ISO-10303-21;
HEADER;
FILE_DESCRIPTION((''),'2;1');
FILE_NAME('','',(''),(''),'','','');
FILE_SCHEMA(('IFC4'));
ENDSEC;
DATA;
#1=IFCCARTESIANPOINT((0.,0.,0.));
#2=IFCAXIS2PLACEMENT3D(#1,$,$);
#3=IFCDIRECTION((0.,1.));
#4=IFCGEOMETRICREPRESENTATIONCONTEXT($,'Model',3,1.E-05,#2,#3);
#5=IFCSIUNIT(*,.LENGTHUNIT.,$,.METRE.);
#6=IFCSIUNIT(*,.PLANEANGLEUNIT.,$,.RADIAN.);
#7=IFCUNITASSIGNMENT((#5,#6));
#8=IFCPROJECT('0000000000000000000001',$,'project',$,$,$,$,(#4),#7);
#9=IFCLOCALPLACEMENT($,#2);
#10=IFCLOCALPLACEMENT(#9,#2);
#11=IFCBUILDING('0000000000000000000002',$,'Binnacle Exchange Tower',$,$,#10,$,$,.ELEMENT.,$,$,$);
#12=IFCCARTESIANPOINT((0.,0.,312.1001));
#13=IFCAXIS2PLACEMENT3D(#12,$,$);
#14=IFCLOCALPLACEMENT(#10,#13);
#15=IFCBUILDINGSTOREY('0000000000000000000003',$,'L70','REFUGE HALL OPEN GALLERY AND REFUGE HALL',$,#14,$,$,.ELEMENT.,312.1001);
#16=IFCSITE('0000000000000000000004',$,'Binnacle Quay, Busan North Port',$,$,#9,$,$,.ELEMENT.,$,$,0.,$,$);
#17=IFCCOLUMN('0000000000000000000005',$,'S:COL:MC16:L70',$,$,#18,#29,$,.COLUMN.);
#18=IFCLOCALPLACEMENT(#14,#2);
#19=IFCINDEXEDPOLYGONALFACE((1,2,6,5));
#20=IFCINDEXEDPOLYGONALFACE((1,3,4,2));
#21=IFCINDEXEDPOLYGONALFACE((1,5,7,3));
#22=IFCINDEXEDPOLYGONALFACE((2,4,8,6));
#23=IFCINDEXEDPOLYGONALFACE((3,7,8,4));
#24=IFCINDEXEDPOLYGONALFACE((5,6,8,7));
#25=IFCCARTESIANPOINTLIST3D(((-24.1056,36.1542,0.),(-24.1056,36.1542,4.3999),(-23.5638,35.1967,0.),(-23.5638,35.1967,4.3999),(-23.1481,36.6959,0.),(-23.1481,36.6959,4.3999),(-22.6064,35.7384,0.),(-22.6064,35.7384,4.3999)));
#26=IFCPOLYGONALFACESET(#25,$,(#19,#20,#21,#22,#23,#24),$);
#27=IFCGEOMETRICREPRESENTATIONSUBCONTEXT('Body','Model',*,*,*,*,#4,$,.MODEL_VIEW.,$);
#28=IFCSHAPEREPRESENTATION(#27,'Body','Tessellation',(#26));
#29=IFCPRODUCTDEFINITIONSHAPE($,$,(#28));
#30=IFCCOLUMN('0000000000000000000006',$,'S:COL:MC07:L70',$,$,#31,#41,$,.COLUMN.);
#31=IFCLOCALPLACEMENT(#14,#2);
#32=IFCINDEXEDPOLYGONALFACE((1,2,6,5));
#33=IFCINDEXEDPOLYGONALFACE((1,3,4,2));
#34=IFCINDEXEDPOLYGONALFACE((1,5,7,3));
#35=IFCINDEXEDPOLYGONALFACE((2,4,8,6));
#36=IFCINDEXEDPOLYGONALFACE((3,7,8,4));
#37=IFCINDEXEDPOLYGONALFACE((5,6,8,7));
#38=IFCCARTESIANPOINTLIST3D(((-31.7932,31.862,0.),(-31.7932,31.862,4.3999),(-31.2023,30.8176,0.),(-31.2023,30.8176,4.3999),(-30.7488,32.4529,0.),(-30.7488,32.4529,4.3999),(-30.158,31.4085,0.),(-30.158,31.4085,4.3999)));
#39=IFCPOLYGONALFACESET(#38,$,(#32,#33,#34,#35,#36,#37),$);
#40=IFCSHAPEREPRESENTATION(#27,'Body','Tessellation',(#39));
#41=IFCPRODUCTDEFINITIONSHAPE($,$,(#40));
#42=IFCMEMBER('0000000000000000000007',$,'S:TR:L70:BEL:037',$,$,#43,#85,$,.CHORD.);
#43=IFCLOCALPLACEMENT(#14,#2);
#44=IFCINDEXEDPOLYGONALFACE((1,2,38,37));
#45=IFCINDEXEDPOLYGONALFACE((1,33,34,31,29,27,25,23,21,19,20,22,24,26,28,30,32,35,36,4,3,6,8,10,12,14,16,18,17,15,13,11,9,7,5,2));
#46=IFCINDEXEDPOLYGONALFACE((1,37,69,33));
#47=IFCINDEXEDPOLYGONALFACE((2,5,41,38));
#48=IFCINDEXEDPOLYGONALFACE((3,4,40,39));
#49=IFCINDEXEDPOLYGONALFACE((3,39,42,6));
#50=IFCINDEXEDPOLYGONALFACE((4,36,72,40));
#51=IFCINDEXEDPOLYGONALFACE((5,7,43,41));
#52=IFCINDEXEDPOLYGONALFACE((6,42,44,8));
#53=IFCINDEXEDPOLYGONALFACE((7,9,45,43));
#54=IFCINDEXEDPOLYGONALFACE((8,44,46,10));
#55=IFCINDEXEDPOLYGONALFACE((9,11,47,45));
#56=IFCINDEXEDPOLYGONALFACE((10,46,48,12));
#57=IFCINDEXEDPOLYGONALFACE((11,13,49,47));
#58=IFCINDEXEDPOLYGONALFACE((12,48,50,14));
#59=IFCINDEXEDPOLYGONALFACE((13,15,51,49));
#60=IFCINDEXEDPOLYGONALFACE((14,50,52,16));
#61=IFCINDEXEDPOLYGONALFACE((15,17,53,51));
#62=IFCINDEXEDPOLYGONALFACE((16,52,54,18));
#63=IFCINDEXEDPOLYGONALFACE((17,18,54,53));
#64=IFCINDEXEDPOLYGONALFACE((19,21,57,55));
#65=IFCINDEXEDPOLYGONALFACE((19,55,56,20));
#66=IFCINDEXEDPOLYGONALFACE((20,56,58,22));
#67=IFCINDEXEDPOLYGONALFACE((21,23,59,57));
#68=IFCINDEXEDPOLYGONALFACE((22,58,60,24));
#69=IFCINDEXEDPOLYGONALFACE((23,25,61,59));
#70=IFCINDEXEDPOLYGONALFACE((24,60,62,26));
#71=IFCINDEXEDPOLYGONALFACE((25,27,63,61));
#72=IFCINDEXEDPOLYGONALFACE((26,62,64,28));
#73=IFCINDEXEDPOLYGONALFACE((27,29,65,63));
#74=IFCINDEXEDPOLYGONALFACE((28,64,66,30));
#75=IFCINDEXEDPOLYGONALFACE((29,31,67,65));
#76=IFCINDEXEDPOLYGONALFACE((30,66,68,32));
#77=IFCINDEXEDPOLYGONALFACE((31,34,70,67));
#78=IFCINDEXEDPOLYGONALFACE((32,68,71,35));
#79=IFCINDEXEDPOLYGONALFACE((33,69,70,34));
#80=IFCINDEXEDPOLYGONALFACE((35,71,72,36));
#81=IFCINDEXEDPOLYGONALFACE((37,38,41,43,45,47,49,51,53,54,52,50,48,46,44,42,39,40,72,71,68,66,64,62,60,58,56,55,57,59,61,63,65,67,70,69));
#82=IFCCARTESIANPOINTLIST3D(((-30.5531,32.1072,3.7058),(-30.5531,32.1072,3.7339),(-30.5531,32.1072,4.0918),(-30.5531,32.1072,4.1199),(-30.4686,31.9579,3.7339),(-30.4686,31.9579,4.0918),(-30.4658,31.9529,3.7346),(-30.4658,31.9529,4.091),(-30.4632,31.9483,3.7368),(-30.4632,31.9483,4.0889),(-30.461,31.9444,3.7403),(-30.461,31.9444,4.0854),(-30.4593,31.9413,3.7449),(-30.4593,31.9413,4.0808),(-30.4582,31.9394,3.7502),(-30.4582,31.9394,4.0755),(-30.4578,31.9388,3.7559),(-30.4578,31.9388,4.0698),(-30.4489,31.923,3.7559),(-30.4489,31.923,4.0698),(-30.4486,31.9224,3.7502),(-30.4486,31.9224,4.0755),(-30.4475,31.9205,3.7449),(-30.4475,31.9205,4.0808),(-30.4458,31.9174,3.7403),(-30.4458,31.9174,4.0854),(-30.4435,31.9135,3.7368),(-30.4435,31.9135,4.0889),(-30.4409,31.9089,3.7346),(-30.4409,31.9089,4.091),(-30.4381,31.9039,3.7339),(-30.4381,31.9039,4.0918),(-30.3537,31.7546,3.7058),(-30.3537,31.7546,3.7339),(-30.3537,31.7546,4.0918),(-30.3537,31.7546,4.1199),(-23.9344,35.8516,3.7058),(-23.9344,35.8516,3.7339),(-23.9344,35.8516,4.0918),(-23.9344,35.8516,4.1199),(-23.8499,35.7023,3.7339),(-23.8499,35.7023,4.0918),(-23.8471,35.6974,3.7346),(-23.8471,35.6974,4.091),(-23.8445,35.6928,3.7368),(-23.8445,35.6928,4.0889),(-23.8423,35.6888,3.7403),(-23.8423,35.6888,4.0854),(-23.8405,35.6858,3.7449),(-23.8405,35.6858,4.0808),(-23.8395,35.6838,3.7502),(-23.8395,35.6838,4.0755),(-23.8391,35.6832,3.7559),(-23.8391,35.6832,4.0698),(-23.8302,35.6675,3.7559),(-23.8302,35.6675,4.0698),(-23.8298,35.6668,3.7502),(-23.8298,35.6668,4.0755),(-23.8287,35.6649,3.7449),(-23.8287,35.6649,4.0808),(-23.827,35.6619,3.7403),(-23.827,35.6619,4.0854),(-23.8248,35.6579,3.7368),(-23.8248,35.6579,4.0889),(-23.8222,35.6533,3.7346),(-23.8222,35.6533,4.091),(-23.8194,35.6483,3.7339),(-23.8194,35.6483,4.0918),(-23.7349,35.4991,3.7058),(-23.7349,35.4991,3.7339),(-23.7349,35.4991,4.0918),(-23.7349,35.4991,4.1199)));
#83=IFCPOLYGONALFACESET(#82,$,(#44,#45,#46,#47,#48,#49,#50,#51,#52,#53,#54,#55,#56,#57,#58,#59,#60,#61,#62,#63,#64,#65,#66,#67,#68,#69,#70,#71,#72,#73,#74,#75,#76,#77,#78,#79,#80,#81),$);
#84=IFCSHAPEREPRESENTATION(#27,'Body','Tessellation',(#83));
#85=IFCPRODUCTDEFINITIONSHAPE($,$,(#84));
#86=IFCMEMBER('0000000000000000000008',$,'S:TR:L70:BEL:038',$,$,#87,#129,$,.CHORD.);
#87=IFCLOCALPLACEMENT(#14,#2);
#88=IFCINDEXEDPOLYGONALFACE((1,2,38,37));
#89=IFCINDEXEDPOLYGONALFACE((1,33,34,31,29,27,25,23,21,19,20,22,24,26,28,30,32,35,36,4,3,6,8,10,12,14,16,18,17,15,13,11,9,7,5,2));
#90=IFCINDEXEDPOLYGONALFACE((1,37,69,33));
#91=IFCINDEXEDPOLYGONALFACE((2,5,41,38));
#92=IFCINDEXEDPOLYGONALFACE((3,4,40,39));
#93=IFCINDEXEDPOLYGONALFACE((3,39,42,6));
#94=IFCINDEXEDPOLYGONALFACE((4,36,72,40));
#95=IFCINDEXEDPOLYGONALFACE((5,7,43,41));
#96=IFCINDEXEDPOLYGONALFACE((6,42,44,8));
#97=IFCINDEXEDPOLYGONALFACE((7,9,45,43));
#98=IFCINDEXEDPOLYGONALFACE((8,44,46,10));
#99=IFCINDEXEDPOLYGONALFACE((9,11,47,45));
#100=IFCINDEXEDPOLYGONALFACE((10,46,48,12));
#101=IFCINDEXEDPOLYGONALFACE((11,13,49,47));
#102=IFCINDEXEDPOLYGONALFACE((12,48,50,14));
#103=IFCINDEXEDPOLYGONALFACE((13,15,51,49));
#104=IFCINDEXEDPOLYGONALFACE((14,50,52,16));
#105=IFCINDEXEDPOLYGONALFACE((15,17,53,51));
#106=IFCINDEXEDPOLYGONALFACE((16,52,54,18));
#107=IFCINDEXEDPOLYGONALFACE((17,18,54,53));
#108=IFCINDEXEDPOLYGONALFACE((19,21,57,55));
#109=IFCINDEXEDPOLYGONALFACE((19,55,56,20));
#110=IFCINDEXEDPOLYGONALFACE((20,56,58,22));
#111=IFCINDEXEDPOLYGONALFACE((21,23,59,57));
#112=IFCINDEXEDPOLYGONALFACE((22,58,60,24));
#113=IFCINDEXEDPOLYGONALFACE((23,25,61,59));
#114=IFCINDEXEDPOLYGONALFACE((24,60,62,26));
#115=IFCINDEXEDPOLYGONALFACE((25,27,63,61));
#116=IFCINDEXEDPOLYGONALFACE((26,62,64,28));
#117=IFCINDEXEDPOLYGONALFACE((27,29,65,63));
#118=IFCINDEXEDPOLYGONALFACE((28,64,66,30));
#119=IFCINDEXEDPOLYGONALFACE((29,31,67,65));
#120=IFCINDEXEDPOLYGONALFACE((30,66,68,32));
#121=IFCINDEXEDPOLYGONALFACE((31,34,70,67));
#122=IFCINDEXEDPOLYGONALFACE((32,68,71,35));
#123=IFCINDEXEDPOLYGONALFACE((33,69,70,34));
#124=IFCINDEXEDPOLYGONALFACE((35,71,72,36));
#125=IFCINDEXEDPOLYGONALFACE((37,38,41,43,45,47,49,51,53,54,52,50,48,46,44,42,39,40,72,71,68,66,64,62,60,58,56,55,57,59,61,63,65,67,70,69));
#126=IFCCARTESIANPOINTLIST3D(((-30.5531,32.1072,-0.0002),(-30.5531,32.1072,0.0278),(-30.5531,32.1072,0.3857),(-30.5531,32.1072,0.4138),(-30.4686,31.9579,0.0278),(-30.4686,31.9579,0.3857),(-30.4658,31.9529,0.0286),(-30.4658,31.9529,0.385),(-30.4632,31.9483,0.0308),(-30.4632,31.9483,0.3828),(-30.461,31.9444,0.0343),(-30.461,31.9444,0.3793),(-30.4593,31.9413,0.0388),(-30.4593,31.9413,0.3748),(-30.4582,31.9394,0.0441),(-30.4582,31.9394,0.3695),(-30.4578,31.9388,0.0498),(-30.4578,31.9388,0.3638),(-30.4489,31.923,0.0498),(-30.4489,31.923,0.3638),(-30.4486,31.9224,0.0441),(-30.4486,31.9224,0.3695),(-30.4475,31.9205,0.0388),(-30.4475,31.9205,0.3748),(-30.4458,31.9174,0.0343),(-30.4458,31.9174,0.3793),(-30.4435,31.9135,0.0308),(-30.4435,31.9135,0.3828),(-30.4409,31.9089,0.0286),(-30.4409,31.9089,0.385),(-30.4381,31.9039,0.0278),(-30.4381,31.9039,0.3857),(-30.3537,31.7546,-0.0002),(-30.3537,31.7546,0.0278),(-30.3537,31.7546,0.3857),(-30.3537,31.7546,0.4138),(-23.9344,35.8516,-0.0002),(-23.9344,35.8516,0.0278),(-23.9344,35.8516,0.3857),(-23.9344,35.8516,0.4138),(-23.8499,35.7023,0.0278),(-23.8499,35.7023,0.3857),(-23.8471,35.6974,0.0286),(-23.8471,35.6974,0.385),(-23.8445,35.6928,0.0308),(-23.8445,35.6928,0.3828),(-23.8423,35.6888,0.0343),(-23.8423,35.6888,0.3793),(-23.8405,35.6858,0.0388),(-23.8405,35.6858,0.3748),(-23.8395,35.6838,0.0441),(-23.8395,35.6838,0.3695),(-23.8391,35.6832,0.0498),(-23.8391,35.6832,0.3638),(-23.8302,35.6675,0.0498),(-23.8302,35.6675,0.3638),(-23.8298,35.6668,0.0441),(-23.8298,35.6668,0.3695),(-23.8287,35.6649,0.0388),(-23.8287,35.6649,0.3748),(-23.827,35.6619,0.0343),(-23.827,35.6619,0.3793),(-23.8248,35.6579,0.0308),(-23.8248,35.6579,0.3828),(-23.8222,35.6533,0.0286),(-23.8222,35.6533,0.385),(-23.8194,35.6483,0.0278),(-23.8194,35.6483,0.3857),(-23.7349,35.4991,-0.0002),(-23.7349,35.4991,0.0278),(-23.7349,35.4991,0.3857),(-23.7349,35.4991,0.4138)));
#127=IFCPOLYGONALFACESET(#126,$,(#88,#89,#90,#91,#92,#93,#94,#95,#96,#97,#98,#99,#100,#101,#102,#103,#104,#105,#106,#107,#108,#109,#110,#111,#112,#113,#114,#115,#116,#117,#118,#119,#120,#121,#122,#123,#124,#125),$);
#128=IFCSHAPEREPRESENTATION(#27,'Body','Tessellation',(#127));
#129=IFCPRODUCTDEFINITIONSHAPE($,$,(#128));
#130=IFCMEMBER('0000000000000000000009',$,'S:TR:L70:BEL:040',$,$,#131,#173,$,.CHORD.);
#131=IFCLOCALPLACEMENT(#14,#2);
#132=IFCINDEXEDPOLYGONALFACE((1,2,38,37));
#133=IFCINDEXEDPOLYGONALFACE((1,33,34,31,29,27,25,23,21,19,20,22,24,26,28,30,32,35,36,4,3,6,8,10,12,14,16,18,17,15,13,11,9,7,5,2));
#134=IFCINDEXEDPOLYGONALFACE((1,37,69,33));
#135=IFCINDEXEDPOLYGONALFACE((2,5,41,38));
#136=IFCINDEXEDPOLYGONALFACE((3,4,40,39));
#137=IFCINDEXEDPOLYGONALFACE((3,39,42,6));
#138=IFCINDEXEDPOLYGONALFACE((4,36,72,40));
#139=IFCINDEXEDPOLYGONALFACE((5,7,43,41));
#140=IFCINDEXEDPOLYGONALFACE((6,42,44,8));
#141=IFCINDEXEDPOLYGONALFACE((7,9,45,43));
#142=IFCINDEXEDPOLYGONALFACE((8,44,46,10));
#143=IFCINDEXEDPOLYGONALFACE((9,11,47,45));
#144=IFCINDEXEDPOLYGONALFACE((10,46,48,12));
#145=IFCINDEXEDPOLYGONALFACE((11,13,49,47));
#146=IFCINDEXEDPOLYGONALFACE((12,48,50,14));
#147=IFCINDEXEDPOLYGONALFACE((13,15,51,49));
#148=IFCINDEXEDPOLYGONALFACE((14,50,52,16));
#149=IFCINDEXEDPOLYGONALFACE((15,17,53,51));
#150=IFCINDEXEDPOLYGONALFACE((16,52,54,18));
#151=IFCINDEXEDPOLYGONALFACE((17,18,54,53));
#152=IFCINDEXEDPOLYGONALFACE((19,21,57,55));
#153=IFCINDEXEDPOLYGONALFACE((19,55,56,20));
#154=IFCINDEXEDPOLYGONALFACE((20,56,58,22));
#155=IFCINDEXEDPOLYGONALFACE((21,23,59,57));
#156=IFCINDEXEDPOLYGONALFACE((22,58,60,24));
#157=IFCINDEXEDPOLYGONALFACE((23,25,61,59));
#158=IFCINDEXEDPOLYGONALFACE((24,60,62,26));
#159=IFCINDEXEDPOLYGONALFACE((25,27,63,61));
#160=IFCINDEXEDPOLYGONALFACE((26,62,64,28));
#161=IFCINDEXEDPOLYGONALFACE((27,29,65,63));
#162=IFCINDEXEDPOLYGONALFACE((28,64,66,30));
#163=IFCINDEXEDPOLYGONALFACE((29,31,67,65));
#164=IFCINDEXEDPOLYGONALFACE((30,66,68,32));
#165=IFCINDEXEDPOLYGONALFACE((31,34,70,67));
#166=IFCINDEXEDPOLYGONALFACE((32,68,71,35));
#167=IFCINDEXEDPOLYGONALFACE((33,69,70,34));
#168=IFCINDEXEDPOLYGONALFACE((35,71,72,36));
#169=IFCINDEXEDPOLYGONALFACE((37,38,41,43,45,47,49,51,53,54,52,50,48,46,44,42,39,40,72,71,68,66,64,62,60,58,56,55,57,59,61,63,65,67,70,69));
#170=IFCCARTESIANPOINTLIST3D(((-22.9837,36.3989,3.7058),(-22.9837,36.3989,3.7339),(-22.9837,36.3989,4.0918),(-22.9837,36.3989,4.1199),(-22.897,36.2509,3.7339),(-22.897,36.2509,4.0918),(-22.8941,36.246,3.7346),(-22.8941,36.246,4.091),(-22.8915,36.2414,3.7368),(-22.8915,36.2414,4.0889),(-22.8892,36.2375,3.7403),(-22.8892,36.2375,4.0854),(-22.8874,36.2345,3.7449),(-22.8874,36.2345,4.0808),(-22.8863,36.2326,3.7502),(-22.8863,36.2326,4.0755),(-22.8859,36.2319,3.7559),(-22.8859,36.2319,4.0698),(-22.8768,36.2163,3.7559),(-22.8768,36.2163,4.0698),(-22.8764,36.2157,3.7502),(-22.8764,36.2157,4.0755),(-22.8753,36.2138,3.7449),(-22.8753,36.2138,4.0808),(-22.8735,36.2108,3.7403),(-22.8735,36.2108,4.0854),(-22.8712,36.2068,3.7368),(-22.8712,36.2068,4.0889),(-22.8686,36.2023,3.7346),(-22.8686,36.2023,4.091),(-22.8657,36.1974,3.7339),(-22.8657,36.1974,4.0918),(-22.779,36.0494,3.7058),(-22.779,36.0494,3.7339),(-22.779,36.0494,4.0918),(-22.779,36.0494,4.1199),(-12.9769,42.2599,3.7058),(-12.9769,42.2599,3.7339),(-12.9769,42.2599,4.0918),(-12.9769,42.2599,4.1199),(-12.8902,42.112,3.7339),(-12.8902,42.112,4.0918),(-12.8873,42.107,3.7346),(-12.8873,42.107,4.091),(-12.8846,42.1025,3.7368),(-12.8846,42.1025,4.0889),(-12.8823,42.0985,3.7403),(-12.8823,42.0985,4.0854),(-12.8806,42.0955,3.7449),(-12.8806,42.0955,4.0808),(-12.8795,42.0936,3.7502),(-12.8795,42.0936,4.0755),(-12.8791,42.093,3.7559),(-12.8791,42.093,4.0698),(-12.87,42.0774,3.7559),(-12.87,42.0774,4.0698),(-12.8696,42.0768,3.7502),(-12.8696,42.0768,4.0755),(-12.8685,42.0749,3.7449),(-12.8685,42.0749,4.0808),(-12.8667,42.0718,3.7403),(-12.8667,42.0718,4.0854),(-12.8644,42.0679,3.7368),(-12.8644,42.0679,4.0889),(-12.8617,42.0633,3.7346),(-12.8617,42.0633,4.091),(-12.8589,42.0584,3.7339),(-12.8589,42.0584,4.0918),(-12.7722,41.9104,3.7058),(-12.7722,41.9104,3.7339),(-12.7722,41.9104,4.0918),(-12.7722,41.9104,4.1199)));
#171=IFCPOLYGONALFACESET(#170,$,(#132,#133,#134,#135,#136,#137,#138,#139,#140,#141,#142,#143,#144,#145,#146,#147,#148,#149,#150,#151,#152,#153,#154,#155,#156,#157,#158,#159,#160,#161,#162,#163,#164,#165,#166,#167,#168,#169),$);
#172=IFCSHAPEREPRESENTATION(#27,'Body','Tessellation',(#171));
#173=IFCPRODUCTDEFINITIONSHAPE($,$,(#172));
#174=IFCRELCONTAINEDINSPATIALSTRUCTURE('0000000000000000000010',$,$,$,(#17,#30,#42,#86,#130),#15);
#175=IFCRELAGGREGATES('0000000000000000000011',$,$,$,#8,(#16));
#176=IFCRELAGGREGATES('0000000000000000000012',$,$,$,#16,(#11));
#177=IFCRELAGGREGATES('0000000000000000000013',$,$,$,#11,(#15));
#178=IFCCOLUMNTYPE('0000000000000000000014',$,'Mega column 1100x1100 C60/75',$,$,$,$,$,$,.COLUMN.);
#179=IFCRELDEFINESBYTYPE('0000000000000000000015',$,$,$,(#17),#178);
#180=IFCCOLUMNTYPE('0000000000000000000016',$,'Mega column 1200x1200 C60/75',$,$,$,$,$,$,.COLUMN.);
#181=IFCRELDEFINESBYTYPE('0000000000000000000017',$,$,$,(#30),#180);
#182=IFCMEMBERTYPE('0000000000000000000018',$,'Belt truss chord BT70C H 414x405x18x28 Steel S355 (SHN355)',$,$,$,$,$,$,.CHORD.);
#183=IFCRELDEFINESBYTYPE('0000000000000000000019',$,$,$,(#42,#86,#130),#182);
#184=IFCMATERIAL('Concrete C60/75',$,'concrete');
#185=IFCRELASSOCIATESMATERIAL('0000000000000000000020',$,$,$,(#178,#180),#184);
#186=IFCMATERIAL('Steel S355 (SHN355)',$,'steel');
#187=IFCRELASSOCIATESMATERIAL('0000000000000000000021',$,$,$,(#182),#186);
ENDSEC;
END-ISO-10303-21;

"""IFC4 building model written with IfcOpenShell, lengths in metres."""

from ifc_helpers import new_model, si_unit, direction, frame, origin, origin_2d, place, context, subcontext, project, spatial, rectangle, i_section, extrude, material, material_profile, profile_set, type_object, element, save


model = new_model("IFC4")

# Units and contexts
model_context = context("Model", 3, precision=1e-05, world=origin(), true_north=direction((0.0, 1.0)))
body_context = subcontext(model_context, "Body", "Model", "MODEL_VIEW")
ifc_project = project(units=[si_unit("LENGTHUNIT", "METRE"), si_unit("PLANEANGLEUNIT", "RADIAN")], contexts=[model_context])

# Site, building, storey
site_placement = place(None, origin())
site = spatial("IfcSite", under=ifc_project, at=site_placement, Name="Binnacle Quay, Busan North Port", CompositionType="ELEMENT", RefElevation=0.0)
building_placement = place(site_placement, origin())
building = spatial("IfcBuilding", under=site, at=building_placement, Name="Binnacle Exchange Tower", CompositionType="ELEMENT")
storey_placement = place(building_placement, frame((0.0, 0.0, 312.1001)))
storey = spatial("IfcBuildingStorey", under=building, at=storey_placement, Name="L70", Description="REFUGE HALL OPEN GALLERY AND REFUGE HALL", CompositionType="ELEMENT", Elevation=312.1001)

# Columns
ifc_material_1 = material(Name="Concrete C60/75", Category="concrete")
ifc_material_profile_1 = material_profile(ifc_material_1, rectangle(XDim=1.1001, YDim=1.1001, at=origin_2d()), Name="Mega column 1100x1100 C60/75")
ifc_profile_set_1 = profile_set([ifc_material_profile_1], Name="Concrete C60/75")
column_type_1 = type_object("IfcColumnType", Name="Mega column 1100x1100 C60/75", PredefinedType="COLUMN", material=ifc_profile_set_1)
column_1_placement = place(storey_placement, frame((-23.356, 35.9463, 0.0), z_axis=(0.0, 0.0, 1.0), x_axis=(0.870356, 0.492424, 0.0)))
element("IfcColumn", 1, at=column_1_placement, inside=storey, type_object=column_type_1, Name="S:COL:MC16:L70", PredefinedType="COLUMN", context=body_context, shape_type="SweptSolid", body=[
    extrude(rectangle(XDim=1.1001, YDim=1.1001, at=origin_2d()), origin(), (0.0, 0.0, 1.0), 4.3999),
])
ifc_material_profile_2 = material_profile(ifc_material_1, rectangle(XDim=1.2, YDim=1.2, at=origin_2d()), Name="Mega column 1200x1200 C60/75")
ifc_profile_set_2 = profile_set([ifc_material_profile_2], Name="Concrete C60/75")
column_type_2 = type_object("IfcColumnType", Name="Mega column 1200x1200 C60/75", PredefinedType="COLUMN", material=ifc_profile_set_2)
column_2_placement = place(storey_placement, frame((-30.9756, 31.6353, 0.0), z_axis=(0.0, 0.0, 1.0), x_axis=(0.870356, 0.492424, 0.0)))
element("IfcColumn", 2, at=column_2_placement, inside=storey, type_object=column_type_2, Name="S:COL:MC07:L70", PredefinedType="COLUMN", context=body_context, shape_type="SweptSolid", body=[
    extrude(rectangle(XDim=1.2, YDim=1.2, at=origin_2d()), origin(), (0.0, 0.0, 1.0), 4.3999),
])

# Members
ifc_material_2 = material(Name="Steel S355 (SHN355)", Category="steel")
ifc_material_profile_3 = material_profile(ifc_material_2, i_section(OverallWidth=0.405, OverallDepth=0.4141, WebThickness=0.0181, FlangeThickness=0.0281, FilletRadius=0.022, at=origin_2d()), Name="H 414x405x18x28")
ifc_profile_set_3 = profile_set([ifc_material_profile_3], Name="Steel S355 (SHN355)")
member_type_1 = type_object("IfcMemberType", Name="Belt truss chord BT70C H 414x405x18x28 Steel S355 (SHN355)", PredefinedType="CHORD", material=ifc_profile_set_3)
for number, where, z_axis, x_axis, name in (
    (3, (-30.4534, 31.9309, 3.9128), (0.870371, 0.492397, 0.0), (-0.492397, 0.870371, 0.0), "S:TR:L70:BEL:037"),
    (4, (-30.4534, 31.9309, 0.2068), (0.870371, 0.492397, 0.0), (-0.492397, 0.870371, 0.0), "S:TR:L70:BEL:038"),
):
    element("IfcMember", number, at=place(storey_placement, frame(where, z_axis=z_axis, x_axis=x_axis)), inside=storey, type_object=member_type_1, Name=name, PredefinedType="CHORD", context=body_context, shape_type="SweptSolid", body=[
        extrude(i_section(OverallWidth=0.405, OverallDepth=0.4141, WebThickness=0.0181, FlangeThickness=0.0281, FilletRadius=0.022, at=origin_2d()), origin(), (0.0, 0.0, 1.0), 7.6045),
    ])
for number, where, z_axis, x_axis, name in (
    (5, (-22.8813, 36.2241, 3.9128), (0.862886, 0.505399, 0.0), (-0.505399, 0.862886, 0.0), "S:TR:L70:BEL:040"),
):
    element("IfcMember", number, at=place(storey_placement, frame(where, z_axis=z_axis, x_axis=x_axis)), inside=storey, type_object=member_type_1, Name=name, PredefinedType="CHORD", context=body_context, shape_type="SweptSolid", body=[
        extrude(i_section(OverallWidth=0.405, OverallDepth=0.4141, WebThickness=0.0181, FlangeThickness=0.0281, FilletRadius=0.022, at=origin_2d()), origin(), (0.0, 0.0, 1.0), 11.5969),
    ])

save(model, "model.ifc")
